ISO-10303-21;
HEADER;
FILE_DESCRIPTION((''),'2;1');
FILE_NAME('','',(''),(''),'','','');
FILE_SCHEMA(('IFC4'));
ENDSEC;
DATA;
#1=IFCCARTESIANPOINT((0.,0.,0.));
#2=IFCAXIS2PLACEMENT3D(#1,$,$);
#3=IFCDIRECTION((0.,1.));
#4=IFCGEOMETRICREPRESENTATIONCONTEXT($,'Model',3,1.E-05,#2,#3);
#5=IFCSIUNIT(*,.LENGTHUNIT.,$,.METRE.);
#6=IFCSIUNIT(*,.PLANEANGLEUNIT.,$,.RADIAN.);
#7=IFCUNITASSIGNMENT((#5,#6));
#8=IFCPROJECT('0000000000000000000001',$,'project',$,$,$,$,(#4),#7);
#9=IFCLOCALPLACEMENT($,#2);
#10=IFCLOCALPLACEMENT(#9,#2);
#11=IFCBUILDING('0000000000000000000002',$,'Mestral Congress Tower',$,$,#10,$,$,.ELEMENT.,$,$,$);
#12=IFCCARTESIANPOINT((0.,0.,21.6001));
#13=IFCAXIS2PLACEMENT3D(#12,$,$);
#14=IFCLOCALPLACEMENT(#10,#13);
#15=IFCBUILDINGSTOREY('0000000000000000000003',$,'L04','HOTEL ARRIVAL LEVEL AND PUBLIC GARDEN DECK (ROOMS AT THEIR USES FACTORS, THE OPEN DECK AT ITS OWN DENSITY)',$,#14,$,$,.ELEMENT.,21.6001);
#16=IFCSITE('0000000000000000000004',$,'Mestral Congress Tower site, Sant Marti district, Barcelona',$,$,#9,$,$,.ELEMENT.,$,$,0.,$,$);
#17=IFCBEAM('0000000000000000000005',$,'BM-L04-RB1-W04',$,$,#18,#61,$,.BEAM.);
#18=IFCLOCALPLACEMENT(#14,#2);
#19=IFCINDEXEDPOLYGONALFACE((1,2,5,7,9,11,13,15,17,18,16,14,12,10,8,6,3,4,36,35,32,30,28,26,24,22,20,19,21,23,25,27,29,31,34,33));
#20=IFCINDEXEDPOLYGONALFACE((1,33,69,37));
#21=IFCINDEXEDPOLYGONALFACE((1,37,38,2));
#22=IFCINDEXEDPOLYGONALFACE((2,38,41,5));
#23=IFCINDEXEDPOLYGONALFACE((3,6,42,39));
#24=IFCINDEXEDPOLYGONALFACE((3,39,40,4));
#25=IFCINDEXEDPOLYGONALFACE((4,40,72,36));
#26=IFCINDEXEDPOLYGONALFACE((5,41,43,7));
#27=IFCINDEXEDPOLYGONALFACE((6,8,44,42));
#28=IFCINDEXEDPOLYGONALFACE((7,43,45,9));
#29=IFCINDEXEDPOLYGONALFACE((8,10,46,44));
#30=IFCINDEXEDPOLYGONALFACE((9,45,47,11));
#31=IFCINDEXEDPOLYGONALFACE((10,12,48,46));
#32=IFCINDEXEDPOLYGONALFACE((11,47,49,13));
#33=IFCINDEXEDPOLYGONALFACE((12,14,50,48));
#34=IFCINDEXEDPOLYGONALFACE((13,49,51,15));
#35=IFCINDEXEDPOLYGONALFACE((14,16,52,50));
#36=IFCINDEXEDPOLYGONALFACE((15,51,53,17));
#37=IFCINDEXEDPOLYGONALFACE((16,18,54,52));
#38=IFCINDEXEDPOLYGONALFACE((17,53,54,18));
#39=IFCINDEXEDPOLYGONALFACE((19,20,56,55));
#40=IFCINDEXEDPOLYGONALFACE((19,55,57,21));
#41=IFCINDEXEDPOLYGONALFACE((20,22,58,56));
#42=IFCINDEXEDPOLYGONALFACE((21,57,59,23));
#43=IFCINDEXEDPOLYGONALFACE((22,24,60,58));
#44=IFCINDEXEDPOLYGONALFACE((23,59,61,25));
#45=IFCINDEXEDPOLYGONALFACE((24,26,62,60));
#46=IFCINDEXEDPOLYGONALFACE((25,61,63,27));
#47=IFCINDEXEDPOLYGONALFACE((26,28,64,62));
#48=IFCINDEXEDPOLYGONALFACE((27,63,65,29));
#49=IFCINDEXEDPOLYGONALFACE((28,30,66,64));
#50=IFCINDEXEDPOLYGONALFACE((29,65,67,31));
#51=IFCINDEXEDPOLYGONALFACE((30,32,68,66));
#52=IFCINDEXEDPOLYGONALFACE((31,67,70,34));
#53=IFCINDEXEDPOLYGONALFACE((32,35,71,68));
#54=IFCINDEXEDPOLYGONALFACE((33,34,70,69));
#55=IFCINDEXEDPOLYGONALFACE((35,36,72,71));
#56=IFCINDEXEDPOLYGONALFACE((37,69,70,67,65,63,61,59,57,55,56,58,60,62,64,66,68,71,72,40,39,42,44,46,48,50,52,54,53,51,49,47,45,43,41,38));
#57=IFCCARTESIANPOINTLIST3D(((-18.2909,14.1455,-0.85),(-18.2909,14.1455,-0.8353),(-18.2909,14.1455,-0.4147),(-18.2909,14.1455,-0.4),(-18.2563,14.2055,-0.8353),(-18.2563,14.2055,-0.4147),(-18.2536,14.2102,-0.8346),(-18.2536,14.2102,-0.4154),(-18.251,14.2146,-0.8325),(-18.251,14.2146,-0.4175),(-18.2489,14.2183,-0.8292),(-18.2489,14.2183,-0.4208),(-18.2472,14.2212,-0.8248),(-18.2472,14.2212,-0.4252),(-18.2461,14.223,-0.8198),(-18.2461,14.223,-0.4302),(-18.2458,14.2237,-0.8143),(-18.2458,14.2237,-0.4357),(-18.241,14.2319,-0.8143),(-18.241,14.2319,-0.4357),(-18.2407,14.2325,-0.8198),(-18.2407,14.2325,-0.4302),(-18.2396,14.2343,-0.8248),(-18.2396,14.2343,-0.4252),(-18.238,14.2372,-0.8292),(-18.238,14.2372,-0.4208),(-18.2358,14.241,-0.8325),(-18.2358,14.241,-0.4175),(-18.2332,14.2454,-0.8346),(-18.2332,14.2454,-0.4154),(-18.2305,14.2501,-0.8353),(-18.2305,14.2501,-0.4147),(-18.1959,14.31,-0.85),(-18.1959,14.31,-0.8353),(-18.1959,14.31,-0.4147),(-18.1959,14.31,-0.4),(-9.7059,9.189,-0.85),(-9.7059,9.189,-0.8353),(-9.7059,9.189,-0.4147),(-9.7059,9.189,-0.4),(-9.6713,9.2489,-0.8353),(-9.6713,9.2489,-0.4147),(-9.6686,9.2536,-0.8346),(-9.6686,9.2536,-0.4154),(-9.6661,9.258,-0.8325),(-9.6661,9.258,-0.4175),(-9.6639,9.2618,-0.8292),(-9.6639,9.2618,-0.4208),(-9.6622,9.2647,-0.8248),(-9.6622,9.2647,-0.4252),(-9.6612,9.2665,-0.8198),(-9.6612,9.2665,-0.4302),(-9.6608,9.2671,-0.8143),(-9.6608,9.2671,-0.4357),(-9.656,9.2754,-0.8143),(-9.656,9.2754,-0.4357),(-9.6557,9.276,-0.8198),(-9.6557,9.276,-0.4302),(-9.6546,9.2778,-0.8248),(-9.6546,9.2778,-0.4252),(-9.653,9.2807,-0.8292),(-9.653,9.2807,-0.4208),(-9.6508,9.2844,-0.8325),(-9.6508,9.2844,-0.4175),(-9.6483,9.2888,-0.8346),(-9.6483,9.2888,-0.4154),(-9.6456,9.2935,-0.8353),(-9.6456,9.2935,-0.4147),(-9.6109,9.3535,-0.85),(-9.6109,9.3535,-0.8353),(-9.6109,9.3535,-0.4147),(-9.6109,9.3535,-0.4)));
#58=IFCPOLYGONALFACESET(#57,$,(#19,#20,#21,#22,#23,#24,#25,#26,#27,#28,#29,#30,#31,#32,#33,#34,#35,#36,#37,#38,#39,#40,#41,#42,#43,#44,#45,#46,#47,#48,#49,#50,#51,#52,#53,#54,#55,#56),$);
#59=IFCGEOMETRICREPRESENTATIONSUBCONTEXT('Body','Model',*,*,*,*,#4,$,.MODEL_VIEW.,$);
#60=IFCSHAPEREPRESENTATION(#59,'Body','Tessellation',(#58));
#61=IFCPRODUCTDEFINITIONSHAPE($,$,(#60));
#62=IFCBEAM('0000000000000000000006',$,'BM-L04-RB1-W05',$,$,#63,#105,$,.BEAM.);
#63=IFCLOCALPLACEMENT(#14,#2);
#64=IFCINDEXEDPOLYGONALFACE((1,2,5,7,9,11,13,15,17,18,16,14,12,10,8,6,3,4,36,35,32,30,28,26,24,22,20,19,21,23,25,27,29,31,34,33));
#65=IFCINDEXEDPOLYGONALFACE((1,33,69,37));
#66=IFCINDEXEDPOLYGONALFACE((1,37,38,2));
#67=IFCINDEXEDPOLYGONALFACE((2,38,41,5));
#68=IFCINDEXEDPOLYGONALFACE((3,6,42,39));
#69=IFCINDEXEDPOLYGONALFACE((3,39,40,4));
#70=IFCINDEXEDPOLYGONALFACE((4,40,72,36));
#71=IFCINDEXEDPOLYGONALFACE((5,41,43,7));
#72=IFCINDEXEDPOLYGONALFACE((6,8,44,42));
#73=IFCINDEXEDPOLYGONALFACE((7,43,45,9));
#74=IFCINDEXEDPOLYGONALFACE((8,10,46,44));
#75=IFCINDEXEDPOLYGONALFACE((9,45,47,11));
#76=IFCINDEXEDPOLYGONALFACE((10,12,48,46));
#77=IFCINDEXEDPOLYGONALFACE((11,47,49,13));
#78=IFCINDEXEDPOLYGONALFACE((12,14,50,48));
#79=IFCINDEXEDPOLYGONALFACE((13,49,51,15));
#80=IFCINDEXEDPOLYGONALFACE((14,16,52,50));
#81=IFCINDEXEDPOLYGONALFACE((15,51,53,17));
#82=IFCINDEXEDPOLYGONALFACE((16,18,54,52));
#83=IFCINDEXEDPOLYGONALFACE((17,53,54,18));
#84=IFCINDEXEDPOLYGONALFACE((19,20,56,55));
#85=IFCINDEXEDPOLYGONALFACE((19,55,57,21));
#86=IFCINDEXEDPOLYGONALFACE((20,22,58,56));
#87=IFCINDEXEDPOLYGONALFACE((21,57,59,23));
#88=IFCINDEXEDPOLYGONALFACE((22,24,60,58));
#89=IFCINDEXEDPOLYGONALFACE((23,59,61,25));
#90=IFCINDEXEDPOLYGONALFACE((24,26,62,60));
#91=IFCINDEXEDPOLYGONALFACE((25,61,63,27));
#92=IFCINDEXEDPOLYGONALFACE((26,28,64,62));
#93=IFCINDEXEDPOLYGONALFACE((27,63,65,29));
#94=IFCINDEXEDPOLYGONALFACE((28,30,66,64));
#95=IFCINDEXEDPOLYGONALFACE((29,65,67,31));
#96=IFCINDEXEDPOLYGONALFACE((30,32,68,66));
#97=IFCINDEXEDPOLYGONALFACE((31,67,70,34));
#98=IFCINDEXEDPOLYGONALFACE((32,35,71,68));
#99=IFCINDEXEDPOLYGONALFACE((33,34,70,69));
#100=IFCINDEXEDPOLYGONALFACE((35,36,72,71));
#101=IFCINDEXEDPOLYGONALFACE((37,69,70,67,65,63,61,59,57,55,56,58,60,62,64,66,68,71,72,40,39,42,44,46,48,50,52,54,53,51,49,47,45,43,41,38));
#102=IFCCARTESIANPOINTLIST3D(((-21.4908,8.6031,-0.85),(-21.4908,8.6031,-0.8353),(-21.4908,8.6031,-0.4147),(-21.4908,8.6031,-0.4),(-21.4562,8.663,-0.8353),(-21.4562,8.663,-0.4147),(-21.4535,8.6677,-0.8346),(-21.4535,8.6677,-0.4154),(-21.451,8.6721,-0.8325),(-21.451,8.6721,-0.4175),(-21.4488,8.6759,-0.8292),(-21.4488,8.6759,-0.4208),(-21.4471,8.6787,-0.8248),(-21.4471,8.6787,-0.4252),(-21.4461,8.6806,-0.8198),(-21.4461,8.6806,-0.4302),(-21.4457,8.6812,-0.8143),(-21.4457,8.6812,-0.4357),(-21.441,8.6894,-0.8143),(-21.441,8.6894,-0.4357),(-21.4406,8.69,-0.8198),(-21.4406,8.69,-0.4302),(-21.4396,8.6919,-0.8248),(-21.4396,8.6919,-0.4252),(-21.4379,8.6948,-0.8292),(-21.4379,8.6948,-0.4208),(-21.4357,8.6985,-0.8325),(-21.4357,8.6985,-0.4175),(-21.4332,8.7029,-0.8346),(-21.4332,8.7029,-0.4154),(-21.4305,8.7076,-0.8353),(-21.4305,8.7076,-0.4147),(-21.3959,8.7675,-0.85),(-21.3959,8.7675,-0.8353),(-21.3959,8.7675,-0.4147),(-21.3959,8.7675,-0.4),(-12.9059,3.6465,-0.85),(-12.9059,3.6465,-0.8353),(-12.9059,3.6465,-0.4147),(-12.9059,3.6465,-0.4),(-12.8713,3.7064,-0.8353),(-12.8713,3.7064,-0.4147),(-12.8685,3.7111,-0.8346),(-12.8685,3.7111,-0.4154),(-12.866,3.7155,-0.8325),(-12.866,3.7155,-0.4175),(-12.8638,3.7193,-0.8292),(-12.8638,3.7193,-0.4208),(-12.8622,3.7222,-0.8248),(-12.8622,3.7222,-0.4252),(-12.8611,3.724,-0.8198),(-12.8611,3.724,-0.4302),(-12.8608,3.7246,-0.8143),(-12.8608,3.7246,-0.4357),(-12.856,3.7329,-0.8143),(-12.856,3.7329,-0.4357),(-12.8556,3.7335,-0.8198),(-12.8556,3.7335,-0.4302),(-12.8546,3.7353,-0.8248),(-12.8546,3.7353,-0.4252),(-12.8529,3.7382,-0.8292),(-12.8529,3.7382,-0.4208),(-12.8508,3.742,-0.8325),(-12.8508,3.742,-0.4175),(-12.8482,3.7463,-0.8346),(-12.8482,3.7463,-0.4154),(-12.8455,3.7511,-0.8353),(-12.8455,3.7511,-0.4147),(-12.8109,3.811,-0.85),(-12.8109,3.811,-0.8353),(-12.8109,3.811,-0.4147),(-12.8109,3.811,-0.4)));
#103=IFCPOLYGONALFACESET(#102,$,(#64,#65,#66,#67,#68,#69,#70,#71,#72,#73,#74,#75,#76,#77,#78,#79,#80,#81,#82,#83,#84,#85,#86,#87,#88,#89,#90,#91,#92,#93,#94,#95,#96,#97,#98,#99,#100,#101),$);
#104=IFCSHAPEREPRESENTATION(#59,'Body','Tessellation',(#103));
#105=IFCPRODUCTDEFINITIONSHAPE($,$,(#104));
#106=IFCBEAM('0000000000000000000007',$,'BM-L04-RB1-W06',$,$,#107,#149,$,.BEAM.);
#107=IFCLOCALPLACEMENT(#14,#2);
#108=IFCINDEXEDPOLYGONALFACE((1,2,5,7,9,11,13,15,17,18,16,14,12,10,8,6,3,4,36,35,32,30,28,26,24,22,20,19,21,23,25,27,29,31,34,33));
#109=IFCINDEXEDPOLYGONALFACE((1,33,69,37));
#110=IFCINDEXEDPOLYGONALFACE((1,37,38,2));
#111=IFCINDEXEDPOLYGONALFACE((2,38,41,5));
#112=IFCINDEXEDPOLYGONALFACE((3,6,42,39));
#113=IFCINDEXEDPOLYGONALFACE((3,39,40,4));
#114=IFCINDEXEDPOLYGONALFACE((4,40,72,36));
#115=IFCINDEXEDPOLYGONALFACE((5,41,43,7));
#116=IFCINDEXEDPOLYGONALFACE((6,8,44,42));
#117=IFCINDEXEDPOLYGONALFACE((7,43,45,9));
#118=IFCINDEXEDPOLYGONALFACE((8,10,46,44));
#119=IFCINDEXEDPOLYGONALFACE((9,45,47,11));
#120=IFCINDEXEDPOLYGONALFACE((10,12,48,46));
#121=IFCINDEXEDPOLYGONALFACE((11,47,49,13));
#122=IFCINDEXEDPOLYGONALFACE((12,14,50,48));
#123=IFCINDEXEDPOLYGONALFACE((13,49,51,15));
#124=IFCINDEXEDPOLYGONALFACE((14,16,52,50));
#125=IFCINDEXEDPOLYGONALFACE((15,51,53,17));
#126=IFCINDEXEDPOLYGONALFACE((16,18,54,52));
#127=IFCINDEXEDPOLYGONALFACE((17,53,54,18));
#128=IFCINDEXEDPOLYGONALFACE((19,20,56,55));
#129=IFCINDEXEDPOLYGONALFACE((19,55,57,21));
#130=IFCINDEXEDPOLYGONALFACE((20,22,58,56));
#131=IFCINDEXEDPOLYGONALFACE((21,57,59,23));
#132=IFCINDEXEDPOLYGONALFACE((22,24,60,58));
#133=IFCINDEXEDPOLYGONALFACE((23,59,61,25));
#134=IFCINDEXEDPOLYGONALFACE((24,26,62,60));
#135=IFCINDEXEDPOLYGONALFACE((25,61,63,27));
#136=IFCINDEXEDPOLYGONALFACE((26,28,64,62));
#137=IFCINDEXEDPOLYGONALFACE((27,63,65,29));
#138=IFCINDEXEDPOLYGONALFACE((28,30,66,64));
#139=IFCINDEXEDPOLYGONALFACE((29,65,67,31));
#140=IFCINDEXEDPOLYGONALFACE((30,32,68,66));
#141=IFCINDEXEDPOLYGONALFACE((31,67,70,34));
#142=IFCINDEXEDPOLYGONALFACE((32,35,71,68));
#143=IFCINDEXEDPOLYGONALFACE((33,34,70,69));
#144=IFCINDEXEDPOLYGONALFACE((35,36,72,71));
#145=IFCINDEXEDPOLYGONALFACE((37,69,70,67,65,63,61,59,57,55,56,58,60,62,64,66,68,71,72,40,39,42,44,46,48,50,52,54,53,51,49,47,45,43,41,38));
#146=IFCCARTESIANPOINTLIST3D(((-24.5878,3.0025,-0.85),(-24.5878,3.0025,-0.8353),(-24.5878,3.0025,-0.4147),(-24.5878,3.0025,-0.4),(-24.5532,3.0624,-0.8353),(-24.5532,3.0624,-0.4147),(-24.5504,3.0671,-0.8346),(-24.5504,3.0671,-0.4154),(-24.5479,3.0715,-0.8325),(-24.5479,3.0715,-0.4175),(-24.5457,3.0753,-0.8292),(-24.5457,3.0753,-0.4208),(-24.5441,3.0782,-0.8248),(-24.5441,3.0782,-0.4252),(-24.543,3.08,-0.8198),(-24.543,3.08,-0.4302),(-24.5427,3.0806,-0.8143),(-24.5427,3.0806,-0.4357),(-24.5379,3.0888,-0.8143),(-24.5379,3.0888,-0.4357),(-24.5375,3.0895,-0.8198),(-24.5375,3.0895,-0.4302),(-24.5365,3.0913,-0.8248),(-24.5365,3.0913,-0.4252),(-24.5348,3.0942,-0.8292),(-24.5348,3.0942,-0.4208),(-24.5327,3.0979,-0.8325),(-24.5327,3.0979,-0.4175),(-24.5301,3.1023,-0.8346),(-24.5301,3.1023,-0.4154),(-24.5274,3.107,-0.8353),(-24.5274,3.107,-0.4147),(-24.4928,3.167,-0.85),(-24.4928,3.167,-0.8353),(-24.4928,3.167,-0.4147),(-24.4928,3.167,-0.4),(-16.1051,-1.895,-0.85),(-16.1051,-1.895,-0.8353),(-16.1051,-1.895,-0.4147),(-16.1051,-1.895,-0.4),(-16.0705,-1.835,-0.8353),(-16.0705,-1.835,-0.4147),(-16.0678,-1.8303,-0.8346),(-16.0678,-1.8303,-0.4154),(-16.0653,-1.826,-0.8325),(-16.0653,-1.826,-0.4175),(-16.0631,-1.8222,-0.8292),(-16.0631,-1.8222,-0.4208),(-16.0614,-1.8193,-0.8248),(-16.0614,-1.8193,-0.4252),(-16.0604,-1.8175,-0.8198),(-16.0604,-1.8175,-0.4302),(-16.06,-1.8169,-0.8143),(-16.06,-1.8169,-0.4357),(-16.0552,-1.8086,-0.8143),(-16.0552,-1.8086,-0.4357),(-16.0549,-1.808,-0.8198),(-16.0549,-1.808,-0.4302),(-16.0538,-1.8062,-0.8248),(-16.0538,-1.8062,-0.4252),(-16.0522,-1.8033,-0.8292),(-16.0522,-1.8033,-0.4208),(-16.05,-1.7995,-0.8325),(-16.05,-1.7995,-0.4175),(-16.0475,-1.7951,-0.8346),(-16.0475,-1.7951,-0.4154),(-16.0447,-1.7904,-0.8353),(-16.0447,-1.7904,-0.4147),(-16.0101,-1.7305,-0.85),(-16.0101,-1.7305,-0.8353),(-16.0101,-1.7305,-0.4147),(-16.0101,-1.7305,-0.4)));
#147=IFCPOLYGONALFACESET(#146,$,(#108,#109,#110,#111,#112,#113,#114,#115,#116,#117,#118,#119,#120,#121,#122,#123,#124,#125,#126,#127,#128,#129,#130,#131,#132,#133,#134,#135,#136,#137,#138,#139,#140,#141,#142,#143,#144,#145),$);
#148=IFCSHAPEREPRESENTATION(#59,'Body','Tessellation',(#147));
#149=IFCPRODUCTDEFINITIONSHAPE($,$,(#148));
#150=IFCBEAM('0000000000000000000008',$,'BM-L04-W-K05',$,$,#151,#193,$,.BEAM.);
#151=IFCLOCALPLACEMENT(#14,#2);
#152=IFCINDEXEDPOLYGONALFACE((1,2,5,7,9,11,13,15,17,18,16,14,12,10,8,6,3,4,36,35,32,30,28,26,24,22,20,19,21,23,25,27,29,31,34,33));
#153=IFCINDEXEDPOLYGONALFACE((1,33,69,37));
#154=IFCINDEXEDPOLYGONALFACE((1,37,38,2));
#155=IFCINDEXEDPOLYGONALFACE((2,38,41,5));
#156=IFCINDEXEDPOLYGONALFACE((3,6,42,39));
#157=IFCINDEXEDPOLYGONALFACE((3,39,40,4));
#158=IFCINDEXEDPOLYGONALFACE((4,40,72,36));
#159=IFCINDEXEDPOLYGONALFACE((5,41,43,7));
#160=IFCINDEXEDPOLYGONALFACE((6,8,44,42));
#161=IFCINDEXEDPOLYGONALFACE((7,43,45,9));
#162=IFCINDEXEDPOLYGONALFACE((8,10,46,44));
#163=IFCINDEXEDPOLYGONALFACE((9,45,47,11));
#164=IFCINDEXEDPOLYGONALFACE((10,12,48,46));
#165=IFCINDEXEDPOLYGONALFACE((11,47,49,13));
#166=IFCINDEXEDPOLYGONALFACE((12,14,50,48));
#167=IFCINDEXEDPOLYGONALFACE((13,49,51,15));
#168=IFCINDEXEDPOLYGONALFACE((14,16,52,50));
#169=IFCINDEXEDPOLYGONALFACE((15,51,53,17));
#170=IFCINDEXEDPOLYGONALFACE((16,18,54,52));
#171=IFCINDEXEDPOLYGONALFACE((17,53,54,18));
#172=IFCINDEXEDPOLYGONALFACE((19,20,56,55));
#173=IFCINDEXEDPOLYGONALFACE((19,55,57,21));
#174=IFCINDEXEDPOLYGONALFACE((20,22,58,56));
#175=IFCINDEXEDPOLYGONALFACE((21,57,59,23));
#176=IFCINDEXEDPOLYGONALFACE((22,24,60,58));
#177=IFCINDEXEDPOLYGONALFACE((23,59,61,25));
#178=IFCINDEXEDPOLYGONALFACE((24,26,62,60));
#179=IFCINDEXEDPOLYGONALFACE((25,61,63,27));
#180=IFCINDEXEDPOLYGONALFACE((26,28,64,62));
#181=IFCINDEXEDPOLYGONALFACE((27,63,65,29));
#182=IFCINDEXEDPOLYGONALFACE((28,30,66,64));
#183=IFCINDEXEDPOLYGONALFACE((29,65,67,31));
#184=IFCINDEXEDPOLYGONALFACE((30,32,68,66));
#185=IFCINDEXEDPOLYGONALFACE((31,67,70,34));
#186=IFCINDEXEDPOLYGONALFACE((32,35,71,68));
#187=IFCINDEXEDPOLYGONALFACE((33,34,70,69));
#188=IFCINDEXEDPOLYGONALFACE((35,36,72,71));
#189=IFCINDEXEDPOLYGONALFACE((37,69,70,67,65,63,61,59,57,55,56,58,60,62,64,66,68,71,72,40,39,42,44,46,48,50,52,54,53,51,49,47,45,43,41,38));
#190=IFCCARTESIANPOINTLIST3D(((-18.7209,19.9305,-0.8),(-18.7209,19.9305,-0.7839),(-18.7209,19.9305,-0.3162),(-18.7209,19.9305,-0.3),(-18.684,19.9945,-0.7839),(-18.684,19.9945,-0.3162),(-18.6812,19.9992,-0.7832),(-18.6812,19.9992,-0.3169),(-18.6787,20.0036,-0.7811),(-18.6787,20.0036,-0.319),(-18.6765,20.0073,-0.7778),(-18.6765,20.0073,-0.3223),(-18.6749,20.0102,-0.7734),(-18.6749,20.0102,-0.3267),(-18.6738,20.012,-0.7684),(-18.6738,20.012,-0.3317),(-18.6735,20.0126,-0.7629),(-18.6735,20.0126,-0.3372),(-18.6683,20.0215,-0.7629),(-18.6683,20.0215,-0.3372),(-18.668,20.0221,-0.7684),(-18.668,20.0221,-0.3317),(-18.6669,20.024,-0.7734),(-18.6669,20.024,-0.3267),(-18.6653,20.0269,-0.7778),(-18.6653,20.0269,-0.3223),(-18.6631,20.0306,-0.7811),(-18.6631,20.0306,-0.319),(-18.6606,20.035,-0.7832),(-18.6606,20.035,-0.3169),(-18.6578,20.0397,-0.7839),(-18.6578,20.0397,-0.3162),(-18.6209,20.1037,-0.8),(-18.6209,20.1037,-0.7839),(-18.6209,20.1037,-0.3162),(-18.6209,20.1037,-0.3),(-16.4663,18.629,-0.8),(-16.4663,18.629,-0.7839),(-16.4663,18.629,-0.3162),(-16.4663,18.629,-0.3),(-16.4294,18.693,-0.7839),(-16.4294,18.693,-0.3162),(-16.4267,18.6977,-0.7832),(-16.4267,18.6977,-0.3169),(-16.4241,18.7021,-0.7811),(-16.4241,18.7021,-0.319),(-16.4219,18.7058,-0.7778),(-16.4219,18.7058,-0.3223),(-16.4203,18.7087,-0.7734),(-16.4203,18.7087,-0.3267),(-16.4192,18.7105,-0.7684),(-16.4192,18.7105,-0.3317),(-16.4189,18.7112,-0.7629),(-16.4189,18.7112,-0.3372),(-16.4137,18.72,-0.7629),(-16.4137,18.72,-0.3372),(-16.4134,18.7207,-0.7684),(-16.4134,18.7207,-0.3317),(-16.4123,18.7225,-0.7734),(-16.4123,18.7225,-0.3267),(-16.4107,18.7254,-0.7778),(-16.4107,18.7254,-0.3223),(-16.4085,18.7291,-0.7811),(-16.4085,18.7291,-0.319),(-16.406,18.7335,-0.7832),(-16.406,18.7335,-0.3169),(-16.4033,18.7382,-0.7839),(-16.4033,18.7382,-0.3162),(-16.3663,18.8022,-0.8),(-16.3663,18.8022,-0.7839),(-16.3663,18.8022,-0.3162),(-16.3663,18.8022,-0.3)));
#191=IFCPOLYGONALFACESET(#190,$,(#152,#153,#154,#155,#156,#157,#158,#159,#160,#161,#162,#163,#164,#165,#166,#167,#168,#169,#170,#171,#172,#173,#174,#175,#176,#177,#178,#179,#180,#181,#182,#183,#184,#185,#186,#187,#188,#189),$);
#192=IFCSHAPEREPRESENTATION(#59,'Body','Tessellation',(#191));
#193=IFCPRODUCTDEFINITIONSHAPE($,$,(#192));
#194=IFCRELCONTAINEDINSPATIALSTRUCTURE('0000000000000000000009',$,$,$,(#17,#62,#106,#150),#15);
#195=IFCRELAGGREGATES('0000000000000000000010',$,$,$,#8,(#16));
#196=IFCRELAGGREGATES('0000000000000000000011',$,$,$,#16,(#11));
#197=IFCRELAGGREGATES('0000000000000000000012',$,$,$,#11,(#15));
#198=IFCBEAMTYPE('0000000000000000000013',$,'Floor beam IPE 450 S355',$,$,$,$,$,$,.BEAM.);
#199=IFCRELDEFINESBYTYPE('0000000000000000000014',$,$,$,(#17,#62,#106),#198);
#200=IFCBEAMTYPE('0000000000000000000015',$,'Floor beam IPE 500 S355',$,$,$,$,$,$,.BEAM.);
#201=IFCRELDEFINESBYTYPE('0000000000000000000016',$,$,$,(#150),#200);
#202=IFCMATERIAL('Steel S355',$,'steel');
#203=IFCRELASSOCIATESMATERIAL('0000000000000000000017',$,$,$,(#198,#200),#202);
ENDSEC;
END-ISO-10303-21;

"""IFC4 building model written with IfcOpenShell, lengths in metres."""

from ifc_helpers import new_model, si_unit, direction, frame, origin, origin_2d, place, context, subcontext, project, spatial, i_section, extrude, material, material_profile, profile_set, type_object, element, save


model = new_model("IFC4")

# Units and contexts
model_context = context("Model", 3, precision=1e-05, world=origin(), true_north=direction((0.0, 1.0)))
body_context = subcontext(model_context, "Body", "Model", "MODEL_VIEW")
ifc_project = project(units=[si_unit("LENGTHUNIT", "METRE"), si_unit("PLANEANGLEUNIT", "RADIAN")], contexts=[model_context])

# Site, building, storey
site_placement = place(None, origin())
site = spatial("IfcSite", under=ifc_project, at=site_placement, Name="Mestral Congress Tower site, Sant Marti district, Barcelona", CompositionType="ELEMENT", RefElevation=0.0)
building_placement = place(site_placement, origin())
building = spatial("IfcBuilding", under=site, at=building_placement, Name="Mestral Congress Tower", CompositionType="ELEMENT")
storey_placement = place(building_placement, frame((0.0, 0.0, 21.6001)))
storey = spatial("IfcBuildingStorey", under=building, at=storey_placement, Name="L04", Description="HOTEL ARRIVAL LEVEL AND PUBLIC GARDEN DECK (ROOMS AT THEIR USES FACTORS, THE OPEN DECK AT ITS OWN DENSITY)", CompositionType="ELEMENT", Elevation=21.6001)

# Beams
ifc_material_1 = material(Name="Steel S355", Category="steel")
ifc_material_profile_1 = material_profile(ifc_material_1, i_section(OverallWidth=0.1899, OverallDepth=0.45, WebThickness=0.0095, FlangeThickness=0.0146, FilletRadius=0.021, at=origin_2d()), Name="IPE 450")
ifc_profile_set_1 = profile_set([ifc_material_profile_1], Name="Steel S355")
beam_type_1 = type_object("IfcBeamType", Name="Floor beam IPE 450 S355", PredefinedType="BEAM", material=ifc_profile_set_1)
for number, where, z_axis, x_axis, name in (
    (1, (-18.2434, 14.2278, -0.625), (0.866025, -0.500001, 0.0), (0.500001, 0.866025, 0.0), "BM-L04-RB1-W04"),
    (2, (-21.4434, 8.6853, -0.625), (0.866025, -0.500001, 0.0), (0.500001, 0.866025, 0.0), "BM-L04-RB1-W05"),
):
    element("IfcBeam", number, at=place(storey_placement, frame(where, z_axis=z_axis, x_axis=x_axis)), inside=storey, type_object=beam_type_1, Name=name, PredefinedType="BEAM", context=body_context, shape_type="SweptSolid", body=[
        extrude(i_section(OverallWidth=0.1899, OverallDepth=0.45, WebThickness=0.0095, FlangeThickness=0.0146, FilletRadius=0.021, at=origin_2d()), origin(), (0.0, 0.0, 1.0), 9.9131),
    ])
beam_1_placement = place(storey_placement, frame((-24.5403, 3.0847, -0.625), z_axis=(0.866026, -0.499999, 0.0), x_axis=(0.499999, 0.866026, 0.0)))
element("IfcBeam", 3, at=beam_1_placement, inside=storey, type_object=beam_type_1, Name="BM-L04-RB1-W06", PredefinedType="BEAM", context=body_context, shape_type="SweptSolid", body=[
    extrude(i_section(OverallWidth=0.1899, OverallDepth=0.45, WebThickness=0.0095, FlangeThickness=0.0146, FilletRadius=0.021, at=origin_2d()), origin(), (0.0, 0.0, 1.0), 9.7949),
])
ifc_material_profile_2 = material_profile(ifc_material_1, i_section(OverallWidth=0.2, OverallDepth=0.5, WebThickness=0.0103, FlangeThickness=0.0161, FilletRadius=0.021, at=origin_2d()), Name="IPE 500")
ifc_profile_set_2 = profile_set([ifc_material_profile_2], Name="Steel S355")
beam_type_2 = type_object("IfcBeamType", Name="Floor beam IPE 500 S355", PredefinedType="BEAM", material=ifc_profile_set_2)
beam_2_placement = place(storey_placement, frame((-18.6709, 20.0171, -0.55), z_axis=(0.866059, -0.499942, 0.0), x_axis=(0.499942, 0.866059, 0.0)))
element("IfcBeam", 4, at=beam_2_placement, inside=storey, type_object=beam_type_2, Name="BM-L04-W-K05", PredefinedType="BEAM", context=body_context, shape_type="SweptSolid", body=[
    extrude(i_section(OverallWidth=0.2, OverallDepth=0.5, WebThickness=0.0103, FlangeThickness=0.0161, FilletRadius=0.021, at=origin_2d()), origin(), (0.0, 0.0, 1.0), 2.6033),
])

save(model, "model.ifc")
